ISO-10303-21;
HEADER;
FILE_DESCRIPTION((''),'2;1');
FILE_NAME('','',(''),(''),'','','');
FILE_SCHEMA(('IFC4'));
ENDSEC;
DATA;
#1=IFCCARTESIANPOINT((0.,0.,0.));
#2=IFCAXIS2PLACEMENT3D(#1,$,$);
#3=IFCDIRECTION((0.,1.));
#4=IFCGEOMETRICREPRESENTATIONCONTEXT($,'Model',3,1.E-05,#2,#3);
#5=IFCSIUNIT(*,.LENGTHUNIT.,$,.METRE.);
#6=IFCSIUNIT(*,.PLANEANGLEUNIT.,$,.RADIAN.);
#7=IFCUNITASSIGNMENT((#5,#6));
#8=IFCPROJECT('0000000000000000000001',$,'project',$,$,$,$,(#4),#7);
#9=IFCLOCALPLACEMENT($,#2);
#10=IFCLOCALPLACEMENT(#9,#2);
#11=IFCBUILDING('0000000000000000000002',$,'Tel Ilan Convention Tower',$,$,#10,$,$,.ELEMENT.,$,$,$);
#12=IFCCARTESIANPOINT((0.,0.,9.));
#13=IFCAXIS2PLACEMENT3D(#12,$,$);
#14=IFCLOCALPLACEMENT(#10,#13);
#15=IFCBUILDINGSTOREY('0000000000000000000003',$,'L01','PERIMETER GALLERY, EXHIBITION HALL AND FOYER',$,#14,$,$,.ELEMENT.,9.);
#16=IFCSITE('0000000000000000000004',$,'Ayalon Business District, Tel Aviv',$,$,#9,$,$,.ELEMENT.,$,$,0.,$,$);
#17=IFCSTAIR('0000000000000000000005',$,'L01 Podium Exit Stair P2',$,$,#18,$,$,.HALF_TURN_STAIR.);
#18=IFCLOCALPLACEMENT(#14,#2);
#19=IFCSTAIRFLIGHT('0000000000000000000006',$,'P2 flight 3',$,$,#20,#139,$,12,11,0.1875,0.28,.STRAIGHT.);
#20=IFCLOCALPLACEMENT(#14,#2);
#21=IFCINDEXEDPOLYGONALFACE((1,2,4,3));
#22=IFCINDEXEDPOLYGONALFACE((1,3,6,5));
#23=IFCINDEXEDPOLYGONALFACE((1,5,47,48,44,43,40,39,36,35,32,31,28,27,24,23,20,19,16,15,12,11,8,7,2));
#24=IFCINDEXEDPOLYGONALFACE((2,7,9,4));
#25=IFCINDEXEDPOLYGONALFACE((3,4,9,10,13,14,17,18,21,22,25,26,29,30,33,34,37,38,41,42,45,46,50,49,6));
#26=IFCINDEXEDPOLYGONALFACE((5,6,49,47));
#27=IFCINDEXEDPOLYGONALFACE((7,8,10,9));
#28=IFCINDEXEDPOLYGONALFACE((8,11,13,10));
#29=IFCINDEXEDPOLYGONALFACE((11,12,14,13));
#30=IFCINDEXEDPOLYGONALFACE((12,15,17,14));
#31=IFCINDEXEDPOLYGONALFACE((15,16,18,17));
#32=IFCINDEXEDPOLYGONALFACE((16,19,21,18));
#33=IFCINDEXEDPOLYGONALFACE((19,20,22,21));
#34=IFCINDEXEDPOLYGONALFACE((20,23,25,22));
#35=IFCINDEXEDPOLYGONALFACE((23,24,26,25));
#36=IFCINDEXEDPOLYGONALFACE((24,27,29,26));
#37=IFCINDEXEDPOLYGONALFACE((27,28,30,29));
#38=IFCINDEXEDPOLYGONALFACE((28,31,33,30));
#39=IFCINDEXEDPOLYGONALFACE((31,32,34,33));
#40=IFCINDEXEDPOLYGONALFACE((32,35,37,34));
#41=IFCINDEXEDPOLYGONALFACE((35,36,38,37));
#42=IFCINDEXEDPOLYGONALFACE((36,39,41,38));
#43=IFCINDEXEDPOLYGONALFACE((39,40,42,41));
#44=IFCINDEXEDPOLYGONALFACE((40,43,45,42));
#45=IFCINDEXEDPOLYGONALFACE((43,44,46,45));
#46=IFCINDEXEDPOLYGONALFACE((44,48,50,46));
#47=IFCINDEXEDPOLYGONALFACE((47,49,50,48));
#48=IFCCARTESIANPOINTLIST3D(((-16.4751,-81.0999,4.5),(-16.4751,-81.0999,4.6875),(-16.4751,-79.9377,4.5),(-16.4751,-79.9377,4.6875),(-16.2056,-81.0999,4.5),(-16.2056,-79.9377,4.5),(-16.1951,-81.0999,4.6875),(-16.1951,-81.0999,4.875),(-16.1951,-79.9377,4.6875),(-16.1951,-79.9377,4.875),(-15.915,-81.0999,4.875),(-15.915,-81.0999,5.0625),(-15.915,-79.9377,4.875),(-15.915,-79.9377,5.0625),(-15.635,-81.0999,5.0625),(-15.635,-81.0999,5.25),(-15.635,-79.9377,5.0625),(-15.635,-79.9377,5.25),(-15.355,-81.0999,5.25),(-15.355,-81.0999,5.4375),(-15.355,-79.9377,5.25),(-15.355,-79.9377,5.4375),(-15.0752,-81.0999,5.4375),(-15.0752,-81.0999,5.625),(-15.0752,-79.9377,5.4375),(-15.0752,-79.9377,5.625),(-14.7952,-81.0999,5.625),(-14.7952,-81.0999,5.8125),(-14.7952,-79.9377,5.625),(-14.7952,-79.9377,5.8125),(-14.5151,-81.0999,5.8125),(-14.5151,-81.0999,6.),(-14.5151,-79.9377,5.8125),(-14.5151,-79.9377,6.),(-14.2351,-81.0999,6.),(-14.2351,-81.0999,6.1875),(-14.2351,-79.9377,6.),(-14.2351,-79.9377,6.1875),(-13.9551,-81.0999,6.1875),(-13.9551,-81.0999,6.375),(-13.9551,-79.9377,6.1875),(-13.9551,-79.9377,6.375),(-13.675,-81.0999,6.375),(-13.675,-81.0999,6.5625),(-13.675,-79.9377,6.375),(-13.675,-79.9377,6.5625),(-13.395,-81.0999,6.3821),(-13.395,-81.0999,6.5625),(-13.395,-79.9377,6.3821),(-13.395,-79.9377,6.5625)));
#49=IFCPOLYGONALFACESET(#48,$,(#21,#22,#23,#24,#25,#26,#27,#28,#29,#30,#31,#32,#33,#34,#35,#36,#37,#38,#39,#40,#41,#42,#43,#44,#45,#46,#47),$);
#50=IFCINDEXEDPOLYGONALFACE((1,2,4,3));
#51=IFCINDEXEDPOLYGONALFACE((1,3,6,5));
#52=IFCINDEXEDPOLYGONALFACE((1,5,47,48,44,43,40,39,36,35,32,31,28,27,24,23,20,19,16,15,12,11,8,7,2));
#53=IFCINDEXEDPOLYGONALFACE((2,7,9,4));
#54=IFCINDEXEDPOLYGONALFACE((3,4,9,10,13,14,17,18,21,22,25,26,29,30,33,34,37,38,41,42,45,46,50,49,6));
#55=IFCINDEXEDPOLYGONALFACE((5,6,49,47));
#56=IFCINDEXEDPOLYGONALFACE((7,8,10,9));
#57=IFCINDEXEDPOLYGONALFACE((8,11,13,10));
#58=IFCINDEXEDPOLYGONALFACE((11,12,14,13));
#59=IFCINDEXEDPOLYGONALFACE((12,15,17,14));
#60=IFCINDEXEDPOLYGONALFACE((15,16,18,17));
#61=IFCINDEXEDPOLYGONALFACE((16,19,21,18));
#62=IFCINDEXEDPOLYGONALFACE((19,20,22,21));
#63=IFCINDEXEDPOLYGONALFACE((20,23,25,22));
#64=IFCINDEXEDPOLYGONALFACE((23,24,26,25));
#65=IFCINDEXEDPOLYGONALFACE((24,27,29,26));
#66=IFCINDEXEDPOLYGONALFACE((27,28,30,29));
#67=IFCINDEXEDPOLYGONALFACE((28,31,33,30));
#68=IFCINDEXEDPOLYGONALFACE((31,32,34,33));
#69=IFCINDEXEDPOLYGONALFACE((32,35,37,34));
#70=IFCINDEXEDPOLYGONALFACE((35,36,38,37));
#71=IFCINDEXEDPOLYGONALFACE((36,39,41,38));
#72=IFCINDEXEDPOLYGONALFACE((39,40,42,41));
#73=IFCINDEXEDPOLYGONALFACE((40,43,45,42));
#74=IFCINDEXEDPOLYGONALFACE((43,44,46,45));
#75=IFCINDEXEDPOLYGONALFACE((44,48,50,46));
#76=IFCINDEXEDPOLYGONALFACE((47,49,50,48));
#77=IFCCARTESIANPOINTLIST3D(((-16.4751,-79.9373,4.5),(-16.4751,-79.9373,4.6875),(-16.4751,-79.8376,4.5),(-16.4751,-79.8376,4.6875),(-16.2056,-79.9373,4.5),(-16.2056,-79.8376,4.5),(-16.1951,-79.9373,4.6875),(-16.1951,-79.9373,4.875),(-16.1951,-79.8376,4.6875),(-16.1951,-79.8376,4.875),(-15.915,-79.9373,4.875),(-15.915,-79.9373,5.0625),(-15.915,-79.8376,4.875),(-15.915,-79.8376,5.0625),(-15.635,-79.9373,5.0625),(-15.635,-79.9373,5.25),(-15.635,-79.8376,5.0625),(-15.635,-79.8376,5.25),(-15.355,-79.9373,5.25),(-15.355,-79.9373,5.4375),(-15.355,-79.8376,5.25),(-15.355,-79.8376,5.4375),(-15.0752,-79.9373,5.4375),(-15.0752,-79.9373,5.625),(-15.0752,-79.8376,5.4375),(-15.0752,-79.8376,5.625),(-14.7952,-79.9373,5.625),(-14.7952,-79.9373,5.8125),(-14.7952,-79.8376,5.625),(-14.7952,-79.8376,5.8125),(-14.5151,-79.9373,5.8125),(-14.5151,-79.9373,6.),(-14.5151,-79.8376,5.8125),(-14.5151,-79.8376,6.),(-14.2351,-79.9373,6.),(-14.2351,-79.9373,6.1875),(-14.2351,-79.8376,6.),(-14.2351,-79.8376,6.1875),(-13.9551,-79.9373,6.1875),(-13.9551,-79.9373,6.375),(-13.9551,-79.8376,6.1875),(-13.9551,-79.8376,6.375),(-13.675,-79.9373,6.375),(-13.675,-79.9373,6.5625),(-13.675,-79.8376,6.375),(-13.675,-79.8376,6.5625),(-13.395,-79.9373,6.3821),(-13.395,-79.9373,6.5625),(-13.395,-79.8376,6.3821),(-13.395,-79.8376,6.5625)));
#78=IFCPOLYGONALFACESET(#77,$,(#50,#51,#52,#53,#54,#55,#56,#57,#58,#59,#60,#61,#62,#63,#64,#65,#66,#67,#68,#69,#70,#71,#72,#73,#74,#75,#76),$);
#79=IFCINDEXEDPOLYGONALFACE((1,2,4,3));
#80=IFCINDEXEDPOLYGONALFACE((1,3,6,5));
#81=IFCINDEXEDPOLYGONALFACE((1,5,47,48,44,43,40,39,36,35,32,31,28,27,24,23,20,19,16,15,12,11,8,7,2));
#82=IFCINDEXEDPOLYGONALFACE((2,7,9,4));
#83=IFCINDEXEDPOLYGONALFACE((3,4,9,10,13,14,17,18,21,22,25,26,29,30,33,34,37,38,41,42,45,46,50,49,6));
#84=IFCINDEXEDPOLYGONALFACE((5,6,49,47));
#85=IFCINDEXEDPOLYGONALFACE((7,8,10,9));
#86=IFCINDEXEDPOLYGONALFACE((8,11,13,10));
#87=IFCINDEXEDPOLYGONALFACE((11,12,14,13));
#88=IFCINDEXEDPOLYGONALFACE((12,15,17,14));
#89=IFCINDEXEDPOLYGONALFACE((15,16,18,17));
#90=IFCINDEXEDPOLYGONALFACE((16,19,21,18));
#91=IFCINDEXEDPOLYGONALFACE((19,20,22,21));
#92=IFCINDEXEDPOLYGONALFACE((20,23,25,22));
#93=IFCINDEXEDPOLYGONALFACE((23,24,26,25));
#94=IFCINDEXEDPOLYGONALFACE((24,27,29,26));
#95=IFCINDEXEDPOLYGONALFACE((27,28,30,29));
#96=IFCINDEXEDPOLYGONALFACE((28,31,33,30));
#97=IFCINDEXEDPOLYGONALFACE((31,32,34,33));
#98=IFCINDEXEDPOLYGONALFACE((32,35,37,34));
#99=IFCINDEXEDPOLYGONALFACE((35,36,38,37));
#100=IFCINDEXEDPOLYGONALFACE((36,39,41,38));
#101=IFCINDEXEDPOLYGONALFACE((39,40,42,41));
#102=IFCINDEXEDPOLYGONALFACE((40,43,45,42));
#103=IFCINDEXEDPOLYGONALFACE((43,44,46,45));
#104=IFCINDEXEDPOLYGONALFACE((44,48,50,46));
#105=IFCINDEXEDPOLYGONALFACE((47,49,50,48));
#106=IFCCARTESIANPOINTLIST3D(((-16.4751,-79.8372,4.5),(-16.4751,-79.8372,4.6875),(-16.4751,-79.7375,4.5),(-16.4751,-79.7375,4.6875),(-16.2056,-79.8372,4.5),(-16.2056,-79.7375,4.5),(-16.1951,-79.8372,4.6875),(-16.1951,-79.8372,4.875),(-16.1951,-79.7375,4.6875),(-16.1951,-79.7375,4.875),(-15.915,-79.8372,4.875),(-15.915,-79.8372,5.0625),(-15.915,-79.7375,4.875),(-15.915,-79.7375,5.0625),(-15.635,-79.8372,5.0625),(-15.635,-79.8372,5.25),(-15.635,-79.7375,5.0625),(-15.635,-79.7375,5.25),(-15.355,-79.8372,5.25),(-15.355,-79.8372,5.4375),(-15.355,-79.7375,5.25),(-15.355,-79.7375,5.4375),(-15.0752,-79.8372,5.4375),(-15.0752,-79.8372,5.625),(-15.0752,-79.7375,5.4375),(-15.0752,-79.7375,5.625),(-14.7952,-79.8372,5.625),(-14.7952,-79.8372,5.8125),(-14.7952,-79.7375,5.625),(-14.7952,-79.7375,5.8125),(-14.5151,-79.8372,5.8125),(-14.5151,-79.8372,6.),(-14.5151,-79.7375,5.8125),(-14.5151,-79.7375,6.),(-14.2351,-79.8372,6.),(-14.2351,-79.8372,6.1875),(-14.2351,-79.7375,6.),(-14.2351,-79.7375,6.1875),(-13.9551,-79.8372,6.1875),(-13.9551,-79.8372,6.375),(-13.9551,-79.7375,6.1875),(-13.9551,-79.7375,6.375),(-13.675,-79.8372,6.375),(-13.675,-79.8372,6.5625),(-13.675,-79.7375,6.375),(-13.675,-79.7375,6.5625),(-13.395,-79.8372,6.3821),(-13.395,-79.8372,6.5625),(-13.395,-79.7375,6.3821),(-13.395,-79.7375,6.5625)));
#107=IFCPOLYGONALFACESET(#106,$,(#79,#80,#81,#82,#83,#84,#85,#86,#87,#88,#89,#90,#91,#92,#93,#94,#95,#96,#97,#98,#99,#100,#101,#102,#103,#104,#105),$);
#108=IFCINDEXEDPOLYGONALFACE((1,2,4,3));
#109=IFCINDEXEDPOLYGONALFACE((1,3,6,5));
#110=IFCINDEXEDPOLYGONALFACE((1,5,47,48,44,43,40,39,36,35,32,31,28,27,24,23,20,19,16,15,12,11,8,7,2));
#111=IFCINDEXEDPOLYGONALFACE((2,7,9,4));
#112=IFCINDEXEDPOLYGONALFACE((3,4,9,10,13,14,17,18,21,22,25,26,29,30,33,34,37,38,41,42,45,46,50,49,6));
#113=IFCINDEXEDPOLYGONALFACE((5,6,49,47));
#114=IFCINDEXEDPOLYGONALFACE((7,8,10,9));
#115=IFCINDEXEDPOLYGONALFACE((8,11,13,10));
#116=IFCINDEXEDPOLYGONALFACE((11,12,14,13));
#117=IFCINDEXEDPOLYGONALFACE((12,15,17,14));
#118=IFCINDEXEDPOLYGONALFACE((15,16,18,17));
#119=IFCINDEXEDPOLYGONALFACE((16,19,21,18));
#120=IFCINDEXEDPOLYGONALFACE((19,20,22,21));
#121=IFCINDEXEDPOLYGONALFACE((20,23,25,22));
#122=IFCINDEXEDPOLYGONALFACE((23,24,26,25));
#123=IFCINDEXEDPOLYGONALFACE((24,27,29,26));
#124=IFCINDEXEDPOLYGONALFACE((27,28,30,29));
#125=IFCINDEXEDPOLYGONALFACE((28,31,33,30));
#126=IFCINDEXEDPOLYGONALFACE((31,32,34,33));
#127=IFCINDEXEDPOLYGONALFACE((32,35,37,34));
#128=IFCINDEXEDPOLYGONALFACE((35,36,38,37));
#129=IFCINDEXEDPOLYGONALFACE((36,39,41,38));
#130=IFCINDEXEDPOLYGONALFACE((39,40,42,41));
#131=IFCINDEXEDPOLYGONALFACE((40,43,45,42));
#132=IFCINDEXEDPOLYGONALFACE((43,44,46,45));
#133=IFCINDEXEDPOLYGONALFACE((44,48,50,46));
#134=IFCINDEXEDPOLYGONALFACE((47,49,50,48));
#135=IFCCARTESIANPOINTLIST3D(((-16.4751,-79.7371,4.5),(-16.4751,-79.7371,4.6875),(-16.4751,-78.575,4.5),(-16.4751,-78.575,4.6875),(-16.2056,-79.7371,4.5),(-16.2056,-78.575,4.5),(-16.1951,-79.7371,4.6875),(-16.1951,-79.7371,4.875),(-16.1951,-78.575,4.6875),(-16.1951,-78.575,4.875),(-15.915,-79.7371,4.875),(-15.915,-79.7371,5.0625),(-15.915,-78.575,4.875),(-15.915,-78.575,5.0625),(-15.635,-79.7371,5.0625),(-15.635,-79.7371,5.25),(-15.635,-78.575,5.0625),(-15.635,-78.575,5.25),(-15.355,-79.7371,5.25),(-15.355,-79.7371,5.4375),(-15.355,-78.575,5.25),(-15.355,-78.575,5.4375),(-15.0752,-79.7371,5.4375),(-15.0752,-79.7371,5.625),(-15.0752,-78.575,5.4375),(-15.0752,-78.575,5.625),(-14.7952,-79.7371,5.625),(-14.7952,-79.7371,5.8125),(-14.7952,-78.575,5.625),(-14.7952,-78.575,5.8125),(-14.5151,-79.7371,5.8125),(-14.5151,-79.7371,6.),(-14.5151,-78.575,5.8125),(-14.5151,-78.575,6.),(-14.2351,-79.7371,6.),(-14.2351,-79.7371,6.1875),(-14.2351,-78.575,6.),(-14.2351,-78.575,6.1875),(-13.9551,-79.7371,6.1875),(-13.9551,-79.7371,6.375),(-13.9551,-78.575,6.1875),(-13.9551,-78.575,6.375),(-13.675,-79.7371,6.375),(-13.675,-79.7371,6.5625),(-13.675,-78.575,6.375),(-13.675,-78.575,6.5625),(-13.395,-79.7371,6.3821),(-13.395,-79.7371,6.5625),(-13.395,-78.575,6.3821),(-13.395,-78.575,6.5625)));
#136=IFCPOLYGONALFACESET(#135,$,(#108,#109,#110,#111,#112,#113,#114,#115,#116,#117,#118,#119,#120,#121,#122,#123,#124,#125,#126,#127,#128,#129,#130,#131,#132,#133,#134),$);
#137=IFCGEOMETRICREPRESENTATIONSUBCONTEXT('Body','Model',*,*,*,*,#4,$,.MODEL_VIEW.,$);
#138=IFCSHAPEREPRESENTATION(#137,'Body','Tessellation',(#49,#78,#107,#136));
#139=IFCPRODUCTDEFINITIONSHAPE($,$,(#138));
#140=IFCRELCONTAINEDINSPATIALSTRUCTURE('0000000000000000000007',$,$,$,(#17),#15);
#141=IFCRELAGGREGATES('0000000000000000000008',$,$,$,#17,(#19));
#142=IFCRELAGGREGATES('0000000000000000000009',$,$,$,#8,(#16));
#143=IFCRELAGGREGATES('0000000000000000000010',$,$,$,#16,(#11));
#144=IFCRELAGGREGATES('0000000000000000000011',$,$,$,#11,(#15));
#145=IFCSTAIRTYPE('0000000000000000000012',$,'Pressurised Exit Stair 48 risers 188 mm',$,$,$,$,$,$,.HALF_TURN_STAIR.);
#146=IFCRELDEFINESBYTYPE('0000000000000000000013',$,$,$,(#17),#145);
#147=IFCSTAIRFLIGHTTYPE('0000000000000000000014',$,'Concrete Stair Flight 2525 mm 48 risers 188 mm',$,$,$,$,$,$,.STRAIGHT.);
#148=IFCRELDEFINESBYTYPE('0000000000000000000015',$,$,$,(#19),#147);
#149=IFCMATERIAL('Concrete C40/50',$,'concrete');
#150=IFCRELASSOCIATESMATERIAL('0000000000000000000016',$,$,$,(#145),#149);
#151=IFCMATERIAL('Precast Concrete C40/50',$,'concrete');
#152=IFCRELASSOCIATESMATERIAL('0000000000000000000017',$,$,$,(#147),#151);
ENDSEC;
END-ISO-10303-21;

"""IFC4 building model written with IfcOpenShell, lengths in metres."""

from ifc_helpers import new_model, si_unit, direction, frame, origin, place, context, subcontext, project, spatial, polyline, outline, extrude, material, type_object, element, aggregate, save


model = new_model("IFC4")

# Units and contexts
model_context = context("Model", 3, precision=1e-05, world=origin(), true_north=direction((0.0, 1.0)))
body_context = subcontext(model_context, "Body", "Model", "MODEL_VIEW")
ifc_project = project(units=[si_unit("LENGTHUNIT", "METRE"), si_unit("PLANEANGLEUNIT", "RADIAN")], contexts=[model_context])

# Site, building, storey
site_placement = place(None, origin())
site = spatial("IfcSite", under=ifc_project, at=site_placement, Name="Ayalon Business District, Tel Aviv", CompositionType="ELEMENT", RefElevation=0.0)
building_placement = place(site_placement, origin())
building = spatial("IfcBuilding", under=site, at=building_placement, Name="Tel Ilan Convention Tower", CompositionType="ELEMENT")
storey_placement = place(building_placement, frame((0.0, 0.0, 9.0)))
storey = spatial("IfcBuildingStorey", under=building, at=storey_placement, Name="L01", Description="PERIMETER GALLERY, EXHIBITION HALL AND FOYER", CompositionType="ELEMENT", Elevation=9.0)

# Stair, stair flight
ifc_material_1 = material(Name="Concrete C40/50", Category="concrete")
stair_type = type_object("IfcStairType", Name="Pressurised Exit Stair 48 risers 188 mm", PredefinedType="HALF_TURN_STAIR", material=ifc_material_1)
stair_placement = place(storey_placement, origin())
stair = element("IfcStair", 1, at=stair_placement, inside=storey, type_object=stair_type, Name="L01 Podium Exit Stair P2", PredefinedType="HALF_TURN_STAIR")
ifc_material_2 = material(Name="Precast Concrete C40/50", Category="concrete")
stair_flight_type = type_object("IfcStairFlightType", Name="Concrete Stair Flight 2525 mm 48 risers 188 mm", PredefinedType="STRAIGHT", material=ifc_material_2)
stair_flight_1_placement = place(storey_placement, frame((-16.4751, -79.8374, 4.5), z_axis=(0.0, 0.0, 1.0), x_axis=(1.0, 0.0, 0.0)))
stair_flight_1 = element("IfcStairFlight", 2, at=stair_flight_1_placement, type_object=stair_flight_type, Name="P2 flight 3", NumberOfRisers=12, NumberOfTreads=11, PredefinedType="STRAIGHT", RiserHeight=0.1875, TreadLength=0.28, context=body_context, shape_type="SweptSolid", body=[
    extrude(outline(polyline([(0.0, 0.0), (0.0, 0.1875), (0.28, 0.1875), (0.28, 0.375), (0.5601, 0.375), (0.5601, 0.5625), (0.8401, 0.5625), (0.8401, 0.75), (1.1201, 0.75), (1.1201, 0.9375), (1.3999, 0.9375), (1.3999, 1.125), (1.6799, 1.125), (1.6799, 1.3125), (1.96, 1.3125), (1.96, 1.5), (2.24, 1.5), (2.24, 1.6875), (2.52, 1.6875), (2.52, 1.875), (2.8, 1.875), (2.8, 2.0625), (3.0801, 2.0625), (3.0801, 2.25), (3.0801, 1.8821), (0.2695, 0.0), (0.0, 0.0)])), frame((0.0, -0.1003, 0.0), z_axis=(0.0, -1.0, 0.0), x_axis=(1.0, 0.0, 0.0)), (0.0, 0.0, 1.0), 1.1621),
    extrude(outline(polyline([(0.0, 0.0), (0.0, 0.1875), (0.28, 0.1875), (0.28, 0.375), (0.5601, 0.375), (0.5601, 0.5625), (0.8401, 0.5625), (0.8401, 0.75), (1.1201, 0.75), (1.1201, 0.9375), (1.3999, 0.9375), (1.3999, 1.125), (1.6799, 1.125), (1.6799, 1.3125), (1.96, 1.3125), (1.96, 1.5), (2.24, 1.5), (2.24, 1.6875), (2.52, 1.6875), (2.52, 1.875), (2.8, 1.875), (2.8, 2.0625), (3.0801, 2.0625), (3.0801, 2.25), (3.0801, 1.8821), (0.2695, 0.0), (0.0, 0.0)])), frame((0.0, -0.0002, 0.0), z_axis=(0.0, -1.0, 0.0), x_axis=(1.0, 0.0, 0.0)), (0.0, 0.0, 1.0), 0.0996),
    extrude(outline(polyline([(0.0, 0.0), (0.0, 0.1875), (0.28, 0.1875), (0.28, 0.375), (0.5601, 0.375), (0.5601, 0.5625), (0.8401, 0.5625), (0.8401, 0.75), (1.1201, 0.75), (1.1201, 0.9375), (1.3999, 0.9375), (1.3999, 1.125), (1.6799, 1.125), (1.6799, 1.3125), (1.96, 1.3125), (1.96, 1.5), (2.24, 1.5), (2.24, 1.6875), (2.52, 1.6875), (2.52, 1.875), (2.8, 1.875), (2.8, 2.0625), (3.0801, 2.0625), (3.0801, 2.25), (3.0801, 1.8821), (0.2695, 0.0), (0.0, 0.0)])), frame((0.0, 0.0999, 0.0), z_axis=(0.0, -1.0, 0.0), x_axis=(1.0, 0.0, 0.0)), (0.0, 0.0, 1.0), 0.0996),
    extrude(outline(polyline([(0.0, 0.0), (0.0, 0.1875), (0.28, 0.1875), (0.28, 0.375), (0.5601, 0.375), (0.5601, 0.5625), (0.8401, 0.5625), (0.8401, 0.75), (1.1201, 0.75), (1.1201, 0.9375), (1.3999, 0.9375), (1.3999, 1.125), (1.6799, 1.125), (1.6799, 1.3125), (1.96, 1.3125), (1.96, 1.5), (2.24, 1.5), (2.24, 1.6875), (2.52, 1.6875), (2.52, 1.875), (2.8, 1.875), (2.8, 2.0625), (3.0801, 2.0625), (3.0801, 2.25), (3.0801, 1.8821), (0.2695, 0.0), (0.0, 0.0)])), frame((0.0, 1.2625, 0.0), z_axis=(0.0, -1.0, 0.0), x_axis=(1.0, 0.0, 0.0)), (0.0, 0.0, 1.0), 1.1621),
])
aggregate(stair, [stair_flight_1])

save(model, "model.ifc")
